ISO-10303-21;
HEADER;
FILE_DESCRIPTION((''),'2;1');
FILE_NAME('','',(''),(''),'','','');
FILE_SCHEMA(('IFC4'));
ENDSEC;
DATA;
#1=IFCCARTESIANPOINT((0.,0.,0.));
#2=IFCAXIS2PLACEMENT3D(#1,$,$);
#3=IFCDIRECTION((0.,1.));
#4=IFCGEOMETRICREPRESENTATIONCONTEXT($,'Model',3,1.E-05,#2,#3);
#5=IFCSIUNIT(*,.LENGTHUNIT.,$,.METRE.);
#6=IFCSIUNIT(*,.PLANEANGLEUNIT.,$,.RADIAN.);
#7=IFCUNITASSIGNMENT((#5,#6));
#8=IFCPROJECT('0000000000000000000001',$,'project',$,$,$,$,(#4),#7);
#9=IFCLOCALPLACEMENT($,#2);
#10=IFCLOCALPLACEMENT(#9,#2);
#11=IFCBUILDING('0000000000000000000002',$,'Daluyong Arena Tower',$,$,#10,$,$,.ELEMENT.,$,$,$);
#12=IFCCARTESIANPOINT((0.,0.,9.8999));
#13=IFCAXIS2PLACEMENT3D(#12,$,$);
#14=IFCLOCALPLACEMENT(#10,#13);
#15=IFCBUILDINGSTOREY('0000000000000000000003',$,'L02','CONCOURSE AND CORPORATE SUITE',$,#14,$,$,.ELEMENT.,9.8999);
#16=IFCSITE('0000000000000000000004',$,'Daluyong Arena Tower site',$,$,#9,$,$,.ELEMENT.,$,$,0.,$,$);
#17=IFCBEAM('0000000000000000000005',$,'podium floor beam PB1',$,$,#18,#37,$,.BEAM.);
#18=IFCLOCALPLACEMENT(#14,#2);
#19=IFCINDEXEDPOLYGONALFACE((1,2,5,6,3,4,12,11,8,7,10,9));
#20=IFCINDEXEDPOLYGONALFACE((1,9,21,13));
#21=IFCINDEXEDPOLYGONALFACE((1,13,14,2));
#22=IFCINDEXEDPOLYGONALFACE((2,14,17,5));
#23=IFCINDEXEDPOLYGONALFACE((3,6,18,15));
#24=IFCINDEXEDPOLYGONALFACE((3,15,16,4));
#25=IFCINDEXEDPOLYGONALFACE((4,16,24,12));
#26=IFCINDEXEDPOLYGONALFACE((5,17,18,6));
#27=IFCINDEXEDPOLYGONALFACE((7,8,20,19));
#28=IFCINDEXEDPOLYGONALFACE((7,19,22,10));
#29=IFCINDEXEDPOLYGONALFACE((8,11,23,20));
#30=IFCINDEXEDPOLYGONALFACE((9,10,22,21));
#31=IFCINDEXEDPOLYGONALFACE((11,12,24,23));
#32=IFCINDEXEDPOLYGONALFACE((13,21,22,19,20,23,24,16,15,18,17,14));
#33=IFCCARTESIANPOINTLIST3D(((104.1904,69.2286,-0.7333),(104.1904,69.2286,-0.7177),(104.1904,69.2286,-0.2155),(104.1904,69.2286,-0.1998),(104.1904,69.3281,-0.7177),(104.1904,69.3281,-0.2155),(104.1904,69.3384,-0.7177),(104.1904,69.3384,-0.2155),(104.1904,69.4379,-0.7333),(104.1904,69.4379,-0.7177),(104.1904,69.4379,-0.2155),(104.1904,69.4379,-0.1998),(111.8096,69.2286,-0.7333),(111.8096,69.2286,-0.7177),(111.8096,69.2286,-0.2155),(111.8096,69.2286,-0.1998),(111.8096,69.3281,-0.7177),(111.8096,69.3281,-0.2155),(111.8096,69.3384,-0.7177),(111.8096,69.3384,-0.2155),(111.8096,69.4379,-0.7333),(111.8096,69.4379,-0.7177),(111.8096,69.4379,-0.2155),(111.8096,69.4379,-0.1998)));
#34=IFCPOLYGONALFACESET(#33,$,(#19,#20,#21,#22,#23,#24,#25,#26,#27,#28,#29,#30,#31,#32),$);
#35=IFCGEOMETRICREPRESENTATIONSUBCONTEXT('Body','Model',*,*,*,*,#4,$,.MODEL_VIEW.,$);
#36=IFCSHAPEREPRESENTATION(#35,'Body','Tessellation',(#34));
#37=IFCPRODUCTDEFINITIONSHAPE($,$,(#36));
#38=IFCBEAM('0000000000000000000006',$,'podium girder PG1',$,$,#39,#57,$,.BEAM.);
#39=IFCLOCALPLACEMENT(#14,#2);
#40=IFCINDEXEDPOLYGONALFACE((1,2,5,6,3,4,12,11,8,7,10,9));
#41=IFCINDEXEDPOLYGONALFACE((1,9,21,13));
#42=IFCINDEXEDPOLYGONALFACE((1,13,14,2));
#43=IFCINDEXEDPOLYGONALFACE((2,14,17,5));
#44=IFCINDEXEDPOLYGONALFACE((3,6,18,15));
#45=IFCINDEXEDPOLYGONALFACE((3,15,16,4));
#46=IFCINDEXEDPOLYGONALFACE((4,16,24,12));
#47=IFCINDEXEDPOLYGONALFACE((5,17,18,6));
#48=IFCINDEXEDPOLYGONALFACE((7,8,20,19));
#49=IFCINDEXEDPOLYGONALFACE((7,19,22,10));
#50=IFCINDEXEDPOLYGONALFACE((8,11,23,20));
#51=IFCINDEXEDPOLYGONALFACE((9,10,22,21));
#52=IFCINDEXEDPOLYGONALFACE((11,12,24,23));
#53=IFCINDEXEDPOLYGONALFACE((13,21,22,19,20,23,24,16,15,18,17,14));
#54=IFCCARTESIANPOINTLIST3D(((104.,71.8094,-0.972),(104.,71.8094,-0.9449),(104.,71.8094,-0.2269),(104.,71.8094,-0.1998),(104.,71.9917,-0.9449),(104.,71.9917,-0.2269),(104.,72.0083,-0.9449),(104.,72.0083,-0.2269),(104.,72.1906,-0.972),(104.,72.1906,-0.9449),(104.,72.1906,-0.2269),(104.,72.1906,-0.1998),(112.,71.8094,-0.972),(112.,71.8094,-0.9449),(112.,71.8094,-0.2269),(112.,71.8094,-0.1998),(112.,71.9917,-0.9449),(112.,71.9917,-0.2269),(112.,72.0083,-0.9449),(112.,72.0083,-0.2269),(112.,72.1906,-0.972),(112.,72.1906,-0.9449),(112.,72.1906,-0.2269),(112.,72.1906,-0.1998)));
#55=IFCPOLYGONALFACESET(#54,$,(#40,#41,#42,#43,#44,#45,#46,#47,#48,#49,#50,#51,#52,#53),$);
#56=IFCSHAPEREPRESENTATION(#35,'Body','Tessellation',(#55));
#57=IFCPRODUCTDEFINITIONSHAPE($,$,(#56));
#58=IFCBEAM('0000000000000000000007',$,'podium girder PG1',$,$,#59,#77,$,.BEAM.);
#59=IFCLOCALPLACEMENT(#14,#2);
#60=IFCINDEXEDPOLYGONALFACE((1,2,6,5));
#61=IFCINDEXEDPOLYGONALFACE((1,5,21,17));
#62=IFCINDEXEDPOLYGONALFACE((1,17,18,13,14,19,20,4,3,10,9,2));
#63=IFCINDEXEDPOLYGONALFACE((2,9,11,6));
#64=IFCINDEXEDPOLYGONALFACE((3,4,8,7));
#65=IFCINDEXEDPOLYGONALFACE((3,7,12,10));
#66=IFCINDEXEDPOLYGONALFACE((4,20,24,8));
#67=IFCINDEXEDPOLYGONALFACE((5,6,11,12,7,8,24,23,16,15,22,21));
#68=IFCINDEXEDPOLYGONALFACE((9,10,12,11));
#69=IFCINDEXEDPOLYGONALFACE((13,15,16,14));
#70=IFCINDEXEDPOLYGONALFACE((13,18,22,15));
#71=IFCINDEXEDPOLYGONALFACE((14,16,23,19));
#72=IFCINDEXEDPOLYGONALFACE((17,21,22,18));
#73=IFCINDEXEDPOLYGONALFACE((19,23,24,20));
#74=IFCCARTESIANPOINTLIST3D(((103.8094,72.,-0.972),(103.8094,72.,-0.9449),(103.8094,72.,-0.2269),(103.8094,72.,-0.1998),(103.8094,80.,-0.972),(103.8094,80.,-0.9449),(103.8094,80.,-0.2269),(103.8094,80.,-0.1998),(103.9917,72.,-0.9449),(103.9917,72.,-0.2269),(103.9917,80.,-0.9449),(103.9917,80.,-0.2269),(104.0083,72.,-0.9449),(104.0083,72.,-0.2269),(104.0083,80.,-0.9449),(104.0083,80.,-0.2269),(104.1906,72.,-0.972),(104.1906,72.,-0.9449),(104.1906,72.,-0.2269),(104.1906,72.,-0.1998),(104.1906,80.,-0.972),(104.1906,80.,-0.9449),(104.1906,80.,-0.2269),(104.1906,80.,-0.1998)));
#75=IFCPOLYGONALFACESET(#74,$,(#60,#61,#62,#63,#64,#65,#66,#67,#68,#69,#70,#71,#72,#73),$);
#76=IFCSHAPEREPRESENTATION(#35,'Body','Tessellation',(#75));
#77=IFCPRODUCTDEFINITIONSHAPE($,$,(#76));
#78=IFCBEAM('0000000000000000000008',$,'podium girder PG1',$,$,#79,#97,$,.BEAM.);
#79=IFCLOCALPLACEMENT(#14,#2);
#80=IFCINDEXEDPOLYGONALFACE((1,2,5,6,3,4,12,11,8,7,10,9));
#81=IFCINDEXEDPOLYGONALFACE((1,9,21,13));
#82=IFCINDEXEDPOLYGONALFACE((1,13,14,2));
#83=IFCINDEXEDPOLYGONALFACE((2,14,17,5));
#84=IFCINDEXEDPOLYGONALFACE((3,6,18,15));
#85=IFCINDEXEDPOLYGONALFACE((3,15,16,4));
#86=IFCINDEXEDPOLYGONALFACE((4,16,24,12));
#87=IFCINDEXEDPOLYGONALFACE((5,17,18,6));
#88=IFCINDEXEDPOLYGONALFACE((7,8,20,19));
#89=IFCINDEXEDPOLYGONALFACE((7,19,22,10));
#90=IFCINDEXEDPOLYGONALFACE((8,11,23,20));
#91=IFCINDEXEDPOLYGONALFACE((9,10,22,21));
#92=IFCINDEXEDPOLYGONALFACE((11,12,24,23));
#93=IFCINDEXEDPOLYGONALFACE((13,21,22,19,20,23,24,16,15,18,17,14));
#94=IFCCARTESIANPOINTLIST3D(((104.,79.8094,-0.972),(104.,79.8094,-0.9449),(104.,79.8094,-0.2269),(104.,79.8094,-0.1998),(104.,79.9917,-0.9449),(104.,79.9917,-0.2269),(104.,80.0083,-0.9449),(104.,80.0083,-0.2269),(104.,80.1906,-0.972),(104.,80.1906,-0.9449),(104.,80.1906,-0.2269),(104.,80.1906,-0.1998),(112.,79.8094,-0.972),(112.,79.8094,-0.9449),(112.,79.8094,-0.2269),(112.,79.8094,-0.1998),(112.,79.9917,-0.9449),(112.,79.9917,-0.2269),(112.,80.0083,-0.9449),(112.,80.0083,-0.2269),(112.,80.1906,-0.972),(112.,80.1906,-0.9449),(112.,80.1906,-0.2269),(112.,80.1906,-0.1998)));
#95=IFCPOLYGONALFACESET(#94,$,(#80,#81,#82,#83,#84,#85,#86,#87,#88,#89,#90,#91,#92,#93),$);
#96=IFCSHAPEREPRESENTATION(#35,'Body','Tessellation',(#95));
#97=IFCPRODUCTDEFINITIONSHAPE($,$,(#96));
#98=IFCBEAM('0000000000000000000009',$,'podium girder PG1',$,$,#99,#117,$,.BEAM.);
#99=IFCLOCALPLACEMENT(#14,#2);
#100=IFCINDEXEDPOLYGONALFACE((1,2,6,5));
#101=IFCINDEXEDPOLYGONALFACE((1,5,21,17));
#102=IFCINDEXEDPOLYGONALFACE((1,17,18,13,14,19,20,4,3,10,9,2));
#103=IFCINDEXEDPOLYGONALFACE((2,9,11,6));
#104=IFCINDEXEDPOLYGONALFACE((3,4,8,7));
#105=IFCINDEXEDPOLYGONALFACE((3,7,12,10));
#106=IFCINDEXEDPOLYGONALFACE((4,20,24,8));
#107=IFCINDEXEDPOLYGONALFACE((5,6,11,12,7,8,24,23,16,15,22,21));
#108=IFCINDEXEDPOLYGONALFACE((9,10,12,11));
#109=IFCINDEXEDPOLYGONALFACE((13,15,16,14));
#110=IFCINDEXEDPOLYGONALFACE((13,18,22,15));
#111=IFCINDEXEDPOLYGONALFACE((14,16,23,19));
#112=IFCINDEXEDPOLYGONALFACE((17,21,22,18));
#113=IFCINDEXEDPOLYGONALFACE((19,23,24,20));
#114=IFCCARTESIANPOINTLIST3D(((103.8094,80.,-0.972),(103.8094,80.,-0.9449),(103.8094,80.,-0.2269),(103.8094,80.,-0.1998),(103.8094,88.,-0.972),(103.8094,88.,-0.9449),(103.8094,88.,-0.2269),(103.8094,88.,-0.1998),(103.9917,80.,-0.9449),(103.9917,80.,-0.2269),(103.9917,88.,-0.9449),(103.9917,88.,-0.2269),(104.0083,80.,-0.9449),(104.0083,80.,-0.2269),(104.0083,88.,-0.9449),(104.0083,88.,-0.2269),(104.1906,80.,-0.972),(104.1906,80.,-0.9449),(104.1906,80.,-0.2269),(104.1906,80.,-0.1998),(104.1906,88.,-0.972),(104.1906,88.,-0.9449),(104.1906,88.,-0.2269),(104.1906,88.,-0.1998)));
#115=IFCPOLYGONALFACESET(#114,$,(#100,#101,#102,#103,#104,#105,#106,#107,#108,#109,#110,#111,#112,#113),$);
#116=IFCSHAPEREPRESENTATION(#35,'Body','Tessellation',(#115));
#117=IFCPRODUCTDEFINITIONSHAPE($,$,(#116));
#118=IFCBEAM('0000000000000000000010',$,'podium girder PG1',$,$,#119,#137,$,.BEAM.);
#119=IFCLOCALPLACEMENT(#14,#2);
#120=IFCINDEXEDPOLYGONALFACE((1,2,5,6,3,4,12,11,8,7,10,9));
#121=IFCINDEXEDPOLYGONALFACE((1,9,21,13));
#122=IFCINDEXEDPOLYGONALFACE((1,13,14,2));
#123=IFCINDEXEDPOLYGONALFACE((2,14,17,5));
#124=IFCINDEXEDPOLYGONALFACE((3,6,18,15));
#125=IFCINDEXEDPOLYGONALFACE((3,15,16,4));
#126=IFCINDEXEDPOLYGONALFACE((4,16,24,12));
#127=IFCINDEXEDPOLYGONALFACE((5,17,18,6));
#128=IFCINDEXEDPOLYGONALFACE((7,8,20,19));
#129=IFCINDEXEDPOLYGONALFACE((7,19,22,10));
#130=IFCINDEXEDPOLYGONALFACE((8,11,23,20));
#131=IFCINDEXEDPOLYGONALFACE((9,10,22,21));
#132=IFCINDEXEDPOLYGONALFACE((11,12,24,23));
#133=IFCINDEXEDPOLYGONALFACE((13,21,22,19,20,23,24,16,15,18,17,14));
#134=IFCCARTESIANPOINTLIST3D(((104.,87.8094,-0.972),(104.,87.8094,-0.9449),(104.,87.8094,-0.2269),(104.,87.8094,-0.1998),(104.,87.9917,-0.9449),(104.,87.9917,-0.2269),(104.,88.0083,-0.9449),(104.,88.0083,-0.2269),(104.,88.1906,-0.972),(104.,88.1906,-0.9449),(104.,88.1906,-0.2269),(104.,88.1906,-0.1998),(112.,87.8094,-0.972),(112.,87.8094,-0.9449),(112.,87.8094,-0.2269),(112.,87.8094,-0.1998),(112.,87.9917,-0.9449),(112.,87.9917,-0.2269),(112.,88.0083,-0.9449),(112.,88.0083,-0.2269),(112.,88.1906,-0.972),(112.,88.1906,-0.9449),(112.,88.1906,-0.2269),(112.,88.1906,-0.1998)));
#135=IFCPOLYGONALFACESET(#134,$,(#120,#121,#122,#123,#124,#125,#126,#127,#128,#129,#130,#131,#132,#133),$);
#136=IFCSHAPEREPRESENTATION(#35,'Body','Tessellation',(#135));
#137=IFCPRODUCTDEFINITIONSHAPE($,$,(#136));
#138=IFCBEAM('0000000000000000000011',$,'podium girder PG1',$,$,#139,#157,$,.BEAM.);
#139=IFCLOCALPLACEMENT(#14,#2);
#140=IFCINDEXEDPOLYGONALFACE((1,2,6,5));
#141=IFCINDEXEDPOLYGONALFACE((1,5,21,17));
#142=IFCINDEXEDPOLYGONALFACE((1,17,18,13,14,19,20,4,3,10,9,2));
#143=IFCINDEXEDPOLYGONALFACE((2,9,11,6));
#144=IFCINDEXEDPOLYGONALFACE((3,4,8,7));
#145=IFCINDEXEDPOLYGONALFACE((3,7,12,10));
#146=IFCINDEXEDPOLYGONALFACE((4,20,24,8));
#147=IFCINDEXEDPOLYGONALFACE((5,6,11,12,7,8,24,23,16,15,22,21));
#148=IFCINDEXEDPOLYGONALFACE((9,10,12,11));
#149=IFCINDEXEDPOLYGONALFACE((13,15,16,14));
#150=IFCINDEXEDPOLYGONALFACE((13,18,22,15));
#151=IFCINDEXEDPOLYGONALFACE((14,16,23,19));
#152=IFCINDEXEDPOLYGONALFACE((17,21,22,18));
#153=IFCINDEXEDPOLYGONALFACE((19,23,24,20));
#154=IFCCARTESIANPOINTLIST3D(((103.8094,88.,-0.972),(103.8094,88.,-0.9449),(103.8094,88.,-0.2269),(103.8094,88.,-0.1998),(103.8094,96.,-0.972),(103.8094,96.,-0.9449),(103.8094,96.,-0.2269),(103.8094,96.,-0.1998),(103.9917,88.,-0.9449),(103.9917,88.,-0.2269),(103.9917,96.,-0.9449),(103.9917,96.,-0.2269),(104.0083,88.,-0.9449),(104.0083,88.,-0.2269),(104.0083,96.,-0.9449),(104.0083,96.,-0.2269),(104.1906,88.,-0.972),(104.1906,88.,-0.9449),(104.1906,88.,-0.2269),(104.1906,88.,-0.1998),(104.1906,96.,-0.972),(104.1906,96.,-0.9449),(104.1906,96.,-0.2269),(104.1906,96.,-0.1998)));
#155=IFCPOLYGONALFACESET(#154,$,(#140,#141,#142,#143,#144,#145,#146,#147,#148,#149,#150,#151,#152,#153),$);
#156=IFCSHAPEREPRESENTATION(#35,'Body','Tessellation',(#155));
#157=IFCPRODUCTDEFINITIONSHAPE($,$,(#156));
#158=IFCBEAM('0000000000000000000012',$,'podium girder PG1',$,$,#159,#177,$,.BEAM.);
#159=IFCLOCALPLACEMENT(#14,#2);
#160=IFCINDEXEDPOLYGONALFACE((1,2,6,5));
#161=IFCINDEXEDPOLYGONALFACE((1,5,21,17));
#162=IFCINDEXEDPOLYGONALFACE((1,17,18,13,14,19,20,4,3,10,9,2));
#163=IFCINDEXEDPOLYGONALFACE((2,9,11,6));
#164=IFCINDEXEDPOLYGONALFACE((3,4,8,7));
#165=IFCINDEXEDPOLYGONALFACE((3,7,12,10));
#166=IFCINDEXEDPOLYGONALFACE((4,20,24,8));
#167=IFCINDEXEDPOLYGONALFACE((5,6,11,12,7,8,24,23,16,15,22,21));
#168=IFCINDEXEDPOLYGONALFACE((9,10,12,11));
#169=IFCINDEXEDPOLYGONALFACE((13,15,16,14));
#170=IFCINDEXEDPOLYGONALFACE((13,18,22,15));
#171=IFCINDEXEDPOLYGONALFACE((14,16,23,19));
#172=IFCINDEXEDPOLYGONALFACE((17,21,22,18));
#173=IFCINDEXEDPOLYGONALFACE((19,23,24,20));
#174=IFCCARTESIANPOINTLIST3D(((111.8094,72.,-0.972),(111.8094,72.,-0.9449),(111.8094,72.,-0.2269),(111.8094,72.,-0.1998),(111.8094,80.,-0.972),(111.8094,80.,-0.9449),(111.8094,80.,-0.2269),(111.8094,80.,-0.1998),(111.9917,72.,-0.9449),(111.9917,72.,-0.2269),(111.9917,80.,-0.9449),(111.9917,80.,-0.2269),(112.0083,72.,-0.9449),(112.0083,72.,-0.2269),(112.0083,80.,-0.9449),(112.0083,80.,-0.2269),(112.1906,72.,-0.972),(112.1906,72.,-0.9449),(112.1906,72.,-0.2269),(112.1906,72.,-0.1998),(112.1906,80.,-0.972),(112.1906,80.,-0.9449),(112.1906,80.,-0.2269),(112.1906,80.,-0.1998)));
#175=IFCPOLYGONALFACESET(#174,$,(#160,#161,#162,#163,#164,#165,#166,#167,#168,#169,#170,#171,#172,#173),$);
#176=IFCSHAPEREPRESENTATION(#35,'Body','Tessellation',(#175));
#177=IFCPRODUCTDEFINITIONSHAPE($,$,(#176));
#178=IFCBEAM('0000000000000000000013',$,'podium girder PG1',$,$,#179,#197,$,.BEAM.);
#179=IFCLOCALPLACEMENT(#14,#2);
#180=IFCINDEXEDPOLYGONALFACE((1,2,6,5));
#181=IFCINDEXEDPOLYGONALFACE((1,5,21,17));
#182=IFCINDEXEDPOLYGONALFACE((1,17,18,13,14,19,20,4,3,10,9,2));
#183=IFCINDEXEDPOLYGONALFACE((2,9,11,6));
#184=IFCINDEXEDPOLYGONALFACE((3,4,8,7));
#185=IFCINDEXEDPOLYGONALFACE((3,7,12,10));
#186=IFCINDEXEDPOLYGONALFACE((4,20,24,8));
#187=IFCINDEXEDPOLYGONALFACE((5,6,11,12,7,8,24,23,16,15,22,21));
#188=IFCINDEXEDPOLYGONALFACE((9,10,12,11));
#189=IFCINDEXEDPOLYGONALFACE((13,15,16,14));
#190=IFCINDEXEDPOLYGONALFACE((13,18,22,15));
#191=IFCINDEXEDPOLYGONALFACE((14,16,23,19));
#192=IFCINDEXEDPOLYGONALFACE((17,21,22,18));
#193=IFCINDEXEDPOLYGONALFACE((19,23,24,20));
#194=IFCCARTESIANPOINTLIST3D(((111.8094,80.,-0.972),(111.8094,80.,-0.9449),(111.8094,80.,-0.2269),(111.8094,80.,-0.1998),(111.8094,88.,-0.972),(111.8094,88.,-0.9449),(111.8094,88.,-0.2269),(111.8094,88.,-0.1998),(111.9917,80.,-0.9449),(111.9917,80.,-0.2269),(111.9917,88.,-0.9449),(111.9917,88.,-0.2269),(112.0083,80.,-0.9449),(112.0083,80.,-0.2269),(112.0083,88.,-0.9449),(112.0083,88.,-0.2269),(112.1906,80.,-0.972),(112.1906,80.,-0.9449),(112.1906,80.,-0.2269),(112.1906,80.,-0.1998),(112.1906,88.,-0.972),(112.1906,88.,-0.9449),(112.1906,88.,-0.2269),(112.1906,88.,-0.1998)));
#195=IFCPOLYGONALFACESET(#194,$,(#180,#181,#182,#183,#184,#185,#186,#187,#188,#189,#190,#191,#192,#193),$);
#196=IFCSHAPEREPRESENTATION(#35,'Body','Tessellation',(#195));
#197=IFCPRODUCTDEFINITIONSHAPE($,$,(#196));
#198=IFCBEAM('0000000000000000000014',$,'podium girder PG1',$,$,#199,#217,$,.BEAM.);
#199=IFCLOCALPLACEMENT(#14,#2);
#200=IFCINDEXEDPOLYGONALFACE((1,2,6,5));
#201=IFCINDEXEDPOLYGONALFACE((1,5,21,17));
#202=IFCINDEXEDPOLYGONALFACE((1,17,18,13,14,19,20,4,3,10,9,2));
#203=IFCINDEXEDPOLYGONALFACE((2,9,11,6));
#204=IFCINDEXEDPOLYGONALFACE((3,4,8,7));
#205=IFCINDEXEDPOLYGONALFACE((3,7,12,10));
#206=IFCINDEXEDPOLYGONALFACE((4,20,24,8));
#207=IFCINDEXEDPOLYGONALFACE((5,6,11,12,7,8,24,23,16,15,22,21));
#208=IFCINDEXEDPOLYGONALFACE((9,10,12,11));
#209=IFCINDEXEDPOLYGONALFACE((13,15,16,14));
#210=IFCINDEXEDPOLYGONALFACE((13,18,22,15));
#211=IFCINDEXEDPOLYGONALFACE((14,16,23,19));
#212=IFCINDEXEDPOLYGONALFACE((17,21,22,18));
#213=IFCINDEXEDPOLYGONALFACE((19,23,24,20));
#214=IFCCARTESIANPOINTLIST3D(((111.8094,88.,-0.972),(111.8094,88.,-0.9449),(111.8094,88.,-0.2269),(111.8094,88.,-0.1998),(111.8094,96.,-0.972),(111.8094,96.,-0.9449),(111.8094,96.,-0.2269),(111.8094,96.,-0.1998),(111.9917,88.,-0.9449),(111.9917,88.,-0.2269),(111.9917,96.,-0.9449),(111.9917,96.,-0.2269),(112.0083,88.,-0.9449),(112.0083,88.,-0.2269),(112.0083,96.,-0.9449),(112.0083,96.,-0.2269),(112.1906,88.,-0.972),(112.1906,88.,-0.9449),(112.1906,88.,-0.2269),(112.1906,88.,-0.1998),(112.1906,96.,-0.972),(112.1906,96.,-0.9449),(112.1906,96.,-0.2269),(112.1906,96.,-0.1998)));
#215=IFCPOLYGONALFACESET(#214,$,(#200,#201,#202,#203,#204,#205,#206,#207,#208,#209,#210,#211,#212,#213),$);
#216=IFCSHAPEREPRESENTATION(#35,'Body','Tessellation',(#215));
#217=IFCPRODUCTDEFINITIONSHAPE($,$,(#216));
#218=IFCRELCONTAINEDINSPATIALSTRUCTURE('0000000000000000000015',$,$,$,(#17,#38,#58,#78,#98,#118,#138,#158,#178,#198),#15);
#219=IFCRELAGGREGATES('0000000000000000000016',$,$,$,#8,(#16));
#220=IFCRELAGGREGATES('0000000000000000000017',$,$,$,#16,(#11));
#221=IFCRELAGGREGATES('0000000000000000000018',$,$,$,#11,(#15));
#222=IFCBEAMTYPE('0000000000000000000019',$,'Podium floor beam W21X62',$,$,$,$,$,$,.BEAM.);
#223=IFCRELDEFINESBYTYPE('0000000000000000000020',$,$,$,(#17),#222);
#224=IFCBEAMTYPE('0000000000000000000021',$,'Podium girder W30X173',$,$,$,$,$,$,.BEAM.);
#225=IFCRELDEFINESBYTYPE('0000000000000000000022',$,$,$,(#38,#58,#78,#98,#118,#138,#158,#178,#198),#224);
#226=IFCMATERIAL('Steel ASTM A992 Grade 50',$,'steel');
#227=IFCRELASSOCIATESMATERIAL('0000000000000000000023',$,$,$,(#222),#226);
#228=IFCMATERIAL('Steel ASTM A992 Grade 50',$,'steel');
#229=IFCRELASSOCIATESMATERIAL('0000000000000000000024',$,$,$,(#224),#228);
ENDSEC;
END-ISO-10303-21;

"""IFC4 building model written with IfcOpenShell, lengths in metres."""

from ifc_helpers import new_model, si_unit, direction, frame, origin, origin_2d, place, context, subcontext, project, spatial, i_section, extrude, material, material_profile, profile_set, type_object, element, save


model = new_model("IFC4")

# Units and contexts
model_context = context("Model", 3, precision=1e-05, world=origin(), true_north=direction((0.0, 1.0)))
body_context = subcontext(model_context, "Body", "Model", "MODEL_VIEW")
ifc_project = project(units=[si_unit("LENGTHUNIT", "METRE"), si_unit("PLANEANGLEUNIT", "RADIAN")], contexts=[model_context])

# Site, building, storey
site_placement = place(None, origin())
site = spatial("IfcSite", under=ifc_project, at=site_placement, Name="Daluyong Arena Tower site", CompositionType="ELEMENT", RefElevation=0.0)
building_placement = place(site_placement, origin())
building = spatial("IfcBuilding", under=site, at=building_placement, Name="Daluyong Arena Tower", CompositionType="ELEMENT")
storey_placement = place(building_placement, frame((0.0, 0.0, 9.8999)))
storey = spatial("IfcBuildingStorey", under=building, at=storey_placement, Name="L02", Description="CONCOURSE AND CORPORATE SUITE", CompositionType="ELEMENT", Elevation=9.8999)

# Beams
ifc_material_1 = material(Name="Steel ASTM A992 Grade 50", Category="steel")
ifc_material_profile_1 = material_profile(ifc_material_1, i_section(OverallWidth=0.2092, OverallDepth=0.5334, WebThickness=0.0103, FlangeThickness=0.0156, at=origin_2d()))
ifc_profile_set_1 = profile_set([ifc_material_profile_1], Name="Steel ASTM A992 Grade 50")
beam_type_1 = type_object("IfcBeamType", Name="Podium floor beam W21X62", PredefinedType="BEAM", material=ifc_profile_set_1)
for number, where, z_axis, x_axis, name in (
    (1, (104.1904, 69.3333, -0.4666), (1.0, 0.0, 0.0), (0.0, 1.0, 0.0), "podium floor beam PB1"),
):
    element("IfcBeam", number, at=place(storey_placement, frame(where, z_axis=z_axis, x_axis=x_axis)), inside=storey, type_object=beam_type_1, Name=name, PredefinedType="BEAM", context=body_context, shape_type="SweptSolid", body=[
        extrude(i_section(OverallWidth=0.2092, OverallDepth=0.5334, WebThickness=0.0103, FlangeThickness=0.0156, at=origin_2d()), origin(), (0.0, 0.0, 1.0), 7.6191),
    ])
ifc_material_2 = material(Name="Steel ASTM A992 Grade 50", Category="steel")
ifc_material_profile_2 = material_profile(ifc_material_2, i_section(OverallWidth=0.3811, OverallDepth=0.7722, WebThickness=0.0166, FlangeThickness=0.0271, at=origin_2d()))
ifc_profile_set_2 = profile_set([ifc_material_profile_2], Name="Steel ASTM A992 Grade 50")
beam_type_2 = type_object("IfcBeamType", Name="Podium girder W30X173", PredefinedType="BEAM", material=ifc_profile_set_2)
for number, where, z_axis, x_axis, name in (
    (2, (104.0, 72.0, -0.5859), (1.0, 0.0, 0.0), (0.0, 1.0, 0.0), "podium girder PG1"),
    (3, (104.0, 72.0, -0.5859), (0.0, 1.0, 0.0), (-1.0, 0.0, 0.0), "podium girder PG1"),
    (4, (104.0, 80.0, -0.5859), (1.0, 0.0, 0.0), (0.0, 1.0, 0.0), "podium girder PG1"),
    (5, (104.0, 80.0, -0.5859), (0.0, 1.0, 0.0), (-1.0, 0.0, 0.0), "podium girder PG1"),
    (6, (104.0, 88.0, -0.5859), (1.0, 0.0, 0.0), (0.0, 1.0, 0.0), "podium girder PG1"),
    (7, (104.0, 88.0, -0.5859), (0.0, 1.0, 0.0), (-1.0, 0.0, 0.0), "podium girder PG1"),
    (8, (112.0, 72.0, -0.5859), (0.0, 1.0, 0.0), (-1.0, 0.0, 0.0), "podium girder PG1"),
    (9, (112.0, 80.0, -0.5859), (0.0, 1.0, 0.0), (-1.0, 0.0, 0.0), "podium girder PG1"),
    (10, (112.0, 88.0, -0.5859), (0.0, 1.0, 0.0), (-1.0, 0.0, 0.0), "podium girder PG1"),
):
    element("IfcBeam", number, at=place(storey_placement, frame(where, z_axis=z_axis, x_axis=x_axis)), inside=storey, type_object=beam_type_2, Name=name, PredefinedType="BEAM", context=body_context, shape_type="SweptSolid", body=[
        extrude(i_section(OverallWidth=0.3811, OverallDepth=0.7722, WebThickness=0.0166, FlangeThickness=0.0271, at=origin_2d()), origin(), (0.0, 0.0, 1.0), 8.0),
    ])

save(model, "model.ifc")
